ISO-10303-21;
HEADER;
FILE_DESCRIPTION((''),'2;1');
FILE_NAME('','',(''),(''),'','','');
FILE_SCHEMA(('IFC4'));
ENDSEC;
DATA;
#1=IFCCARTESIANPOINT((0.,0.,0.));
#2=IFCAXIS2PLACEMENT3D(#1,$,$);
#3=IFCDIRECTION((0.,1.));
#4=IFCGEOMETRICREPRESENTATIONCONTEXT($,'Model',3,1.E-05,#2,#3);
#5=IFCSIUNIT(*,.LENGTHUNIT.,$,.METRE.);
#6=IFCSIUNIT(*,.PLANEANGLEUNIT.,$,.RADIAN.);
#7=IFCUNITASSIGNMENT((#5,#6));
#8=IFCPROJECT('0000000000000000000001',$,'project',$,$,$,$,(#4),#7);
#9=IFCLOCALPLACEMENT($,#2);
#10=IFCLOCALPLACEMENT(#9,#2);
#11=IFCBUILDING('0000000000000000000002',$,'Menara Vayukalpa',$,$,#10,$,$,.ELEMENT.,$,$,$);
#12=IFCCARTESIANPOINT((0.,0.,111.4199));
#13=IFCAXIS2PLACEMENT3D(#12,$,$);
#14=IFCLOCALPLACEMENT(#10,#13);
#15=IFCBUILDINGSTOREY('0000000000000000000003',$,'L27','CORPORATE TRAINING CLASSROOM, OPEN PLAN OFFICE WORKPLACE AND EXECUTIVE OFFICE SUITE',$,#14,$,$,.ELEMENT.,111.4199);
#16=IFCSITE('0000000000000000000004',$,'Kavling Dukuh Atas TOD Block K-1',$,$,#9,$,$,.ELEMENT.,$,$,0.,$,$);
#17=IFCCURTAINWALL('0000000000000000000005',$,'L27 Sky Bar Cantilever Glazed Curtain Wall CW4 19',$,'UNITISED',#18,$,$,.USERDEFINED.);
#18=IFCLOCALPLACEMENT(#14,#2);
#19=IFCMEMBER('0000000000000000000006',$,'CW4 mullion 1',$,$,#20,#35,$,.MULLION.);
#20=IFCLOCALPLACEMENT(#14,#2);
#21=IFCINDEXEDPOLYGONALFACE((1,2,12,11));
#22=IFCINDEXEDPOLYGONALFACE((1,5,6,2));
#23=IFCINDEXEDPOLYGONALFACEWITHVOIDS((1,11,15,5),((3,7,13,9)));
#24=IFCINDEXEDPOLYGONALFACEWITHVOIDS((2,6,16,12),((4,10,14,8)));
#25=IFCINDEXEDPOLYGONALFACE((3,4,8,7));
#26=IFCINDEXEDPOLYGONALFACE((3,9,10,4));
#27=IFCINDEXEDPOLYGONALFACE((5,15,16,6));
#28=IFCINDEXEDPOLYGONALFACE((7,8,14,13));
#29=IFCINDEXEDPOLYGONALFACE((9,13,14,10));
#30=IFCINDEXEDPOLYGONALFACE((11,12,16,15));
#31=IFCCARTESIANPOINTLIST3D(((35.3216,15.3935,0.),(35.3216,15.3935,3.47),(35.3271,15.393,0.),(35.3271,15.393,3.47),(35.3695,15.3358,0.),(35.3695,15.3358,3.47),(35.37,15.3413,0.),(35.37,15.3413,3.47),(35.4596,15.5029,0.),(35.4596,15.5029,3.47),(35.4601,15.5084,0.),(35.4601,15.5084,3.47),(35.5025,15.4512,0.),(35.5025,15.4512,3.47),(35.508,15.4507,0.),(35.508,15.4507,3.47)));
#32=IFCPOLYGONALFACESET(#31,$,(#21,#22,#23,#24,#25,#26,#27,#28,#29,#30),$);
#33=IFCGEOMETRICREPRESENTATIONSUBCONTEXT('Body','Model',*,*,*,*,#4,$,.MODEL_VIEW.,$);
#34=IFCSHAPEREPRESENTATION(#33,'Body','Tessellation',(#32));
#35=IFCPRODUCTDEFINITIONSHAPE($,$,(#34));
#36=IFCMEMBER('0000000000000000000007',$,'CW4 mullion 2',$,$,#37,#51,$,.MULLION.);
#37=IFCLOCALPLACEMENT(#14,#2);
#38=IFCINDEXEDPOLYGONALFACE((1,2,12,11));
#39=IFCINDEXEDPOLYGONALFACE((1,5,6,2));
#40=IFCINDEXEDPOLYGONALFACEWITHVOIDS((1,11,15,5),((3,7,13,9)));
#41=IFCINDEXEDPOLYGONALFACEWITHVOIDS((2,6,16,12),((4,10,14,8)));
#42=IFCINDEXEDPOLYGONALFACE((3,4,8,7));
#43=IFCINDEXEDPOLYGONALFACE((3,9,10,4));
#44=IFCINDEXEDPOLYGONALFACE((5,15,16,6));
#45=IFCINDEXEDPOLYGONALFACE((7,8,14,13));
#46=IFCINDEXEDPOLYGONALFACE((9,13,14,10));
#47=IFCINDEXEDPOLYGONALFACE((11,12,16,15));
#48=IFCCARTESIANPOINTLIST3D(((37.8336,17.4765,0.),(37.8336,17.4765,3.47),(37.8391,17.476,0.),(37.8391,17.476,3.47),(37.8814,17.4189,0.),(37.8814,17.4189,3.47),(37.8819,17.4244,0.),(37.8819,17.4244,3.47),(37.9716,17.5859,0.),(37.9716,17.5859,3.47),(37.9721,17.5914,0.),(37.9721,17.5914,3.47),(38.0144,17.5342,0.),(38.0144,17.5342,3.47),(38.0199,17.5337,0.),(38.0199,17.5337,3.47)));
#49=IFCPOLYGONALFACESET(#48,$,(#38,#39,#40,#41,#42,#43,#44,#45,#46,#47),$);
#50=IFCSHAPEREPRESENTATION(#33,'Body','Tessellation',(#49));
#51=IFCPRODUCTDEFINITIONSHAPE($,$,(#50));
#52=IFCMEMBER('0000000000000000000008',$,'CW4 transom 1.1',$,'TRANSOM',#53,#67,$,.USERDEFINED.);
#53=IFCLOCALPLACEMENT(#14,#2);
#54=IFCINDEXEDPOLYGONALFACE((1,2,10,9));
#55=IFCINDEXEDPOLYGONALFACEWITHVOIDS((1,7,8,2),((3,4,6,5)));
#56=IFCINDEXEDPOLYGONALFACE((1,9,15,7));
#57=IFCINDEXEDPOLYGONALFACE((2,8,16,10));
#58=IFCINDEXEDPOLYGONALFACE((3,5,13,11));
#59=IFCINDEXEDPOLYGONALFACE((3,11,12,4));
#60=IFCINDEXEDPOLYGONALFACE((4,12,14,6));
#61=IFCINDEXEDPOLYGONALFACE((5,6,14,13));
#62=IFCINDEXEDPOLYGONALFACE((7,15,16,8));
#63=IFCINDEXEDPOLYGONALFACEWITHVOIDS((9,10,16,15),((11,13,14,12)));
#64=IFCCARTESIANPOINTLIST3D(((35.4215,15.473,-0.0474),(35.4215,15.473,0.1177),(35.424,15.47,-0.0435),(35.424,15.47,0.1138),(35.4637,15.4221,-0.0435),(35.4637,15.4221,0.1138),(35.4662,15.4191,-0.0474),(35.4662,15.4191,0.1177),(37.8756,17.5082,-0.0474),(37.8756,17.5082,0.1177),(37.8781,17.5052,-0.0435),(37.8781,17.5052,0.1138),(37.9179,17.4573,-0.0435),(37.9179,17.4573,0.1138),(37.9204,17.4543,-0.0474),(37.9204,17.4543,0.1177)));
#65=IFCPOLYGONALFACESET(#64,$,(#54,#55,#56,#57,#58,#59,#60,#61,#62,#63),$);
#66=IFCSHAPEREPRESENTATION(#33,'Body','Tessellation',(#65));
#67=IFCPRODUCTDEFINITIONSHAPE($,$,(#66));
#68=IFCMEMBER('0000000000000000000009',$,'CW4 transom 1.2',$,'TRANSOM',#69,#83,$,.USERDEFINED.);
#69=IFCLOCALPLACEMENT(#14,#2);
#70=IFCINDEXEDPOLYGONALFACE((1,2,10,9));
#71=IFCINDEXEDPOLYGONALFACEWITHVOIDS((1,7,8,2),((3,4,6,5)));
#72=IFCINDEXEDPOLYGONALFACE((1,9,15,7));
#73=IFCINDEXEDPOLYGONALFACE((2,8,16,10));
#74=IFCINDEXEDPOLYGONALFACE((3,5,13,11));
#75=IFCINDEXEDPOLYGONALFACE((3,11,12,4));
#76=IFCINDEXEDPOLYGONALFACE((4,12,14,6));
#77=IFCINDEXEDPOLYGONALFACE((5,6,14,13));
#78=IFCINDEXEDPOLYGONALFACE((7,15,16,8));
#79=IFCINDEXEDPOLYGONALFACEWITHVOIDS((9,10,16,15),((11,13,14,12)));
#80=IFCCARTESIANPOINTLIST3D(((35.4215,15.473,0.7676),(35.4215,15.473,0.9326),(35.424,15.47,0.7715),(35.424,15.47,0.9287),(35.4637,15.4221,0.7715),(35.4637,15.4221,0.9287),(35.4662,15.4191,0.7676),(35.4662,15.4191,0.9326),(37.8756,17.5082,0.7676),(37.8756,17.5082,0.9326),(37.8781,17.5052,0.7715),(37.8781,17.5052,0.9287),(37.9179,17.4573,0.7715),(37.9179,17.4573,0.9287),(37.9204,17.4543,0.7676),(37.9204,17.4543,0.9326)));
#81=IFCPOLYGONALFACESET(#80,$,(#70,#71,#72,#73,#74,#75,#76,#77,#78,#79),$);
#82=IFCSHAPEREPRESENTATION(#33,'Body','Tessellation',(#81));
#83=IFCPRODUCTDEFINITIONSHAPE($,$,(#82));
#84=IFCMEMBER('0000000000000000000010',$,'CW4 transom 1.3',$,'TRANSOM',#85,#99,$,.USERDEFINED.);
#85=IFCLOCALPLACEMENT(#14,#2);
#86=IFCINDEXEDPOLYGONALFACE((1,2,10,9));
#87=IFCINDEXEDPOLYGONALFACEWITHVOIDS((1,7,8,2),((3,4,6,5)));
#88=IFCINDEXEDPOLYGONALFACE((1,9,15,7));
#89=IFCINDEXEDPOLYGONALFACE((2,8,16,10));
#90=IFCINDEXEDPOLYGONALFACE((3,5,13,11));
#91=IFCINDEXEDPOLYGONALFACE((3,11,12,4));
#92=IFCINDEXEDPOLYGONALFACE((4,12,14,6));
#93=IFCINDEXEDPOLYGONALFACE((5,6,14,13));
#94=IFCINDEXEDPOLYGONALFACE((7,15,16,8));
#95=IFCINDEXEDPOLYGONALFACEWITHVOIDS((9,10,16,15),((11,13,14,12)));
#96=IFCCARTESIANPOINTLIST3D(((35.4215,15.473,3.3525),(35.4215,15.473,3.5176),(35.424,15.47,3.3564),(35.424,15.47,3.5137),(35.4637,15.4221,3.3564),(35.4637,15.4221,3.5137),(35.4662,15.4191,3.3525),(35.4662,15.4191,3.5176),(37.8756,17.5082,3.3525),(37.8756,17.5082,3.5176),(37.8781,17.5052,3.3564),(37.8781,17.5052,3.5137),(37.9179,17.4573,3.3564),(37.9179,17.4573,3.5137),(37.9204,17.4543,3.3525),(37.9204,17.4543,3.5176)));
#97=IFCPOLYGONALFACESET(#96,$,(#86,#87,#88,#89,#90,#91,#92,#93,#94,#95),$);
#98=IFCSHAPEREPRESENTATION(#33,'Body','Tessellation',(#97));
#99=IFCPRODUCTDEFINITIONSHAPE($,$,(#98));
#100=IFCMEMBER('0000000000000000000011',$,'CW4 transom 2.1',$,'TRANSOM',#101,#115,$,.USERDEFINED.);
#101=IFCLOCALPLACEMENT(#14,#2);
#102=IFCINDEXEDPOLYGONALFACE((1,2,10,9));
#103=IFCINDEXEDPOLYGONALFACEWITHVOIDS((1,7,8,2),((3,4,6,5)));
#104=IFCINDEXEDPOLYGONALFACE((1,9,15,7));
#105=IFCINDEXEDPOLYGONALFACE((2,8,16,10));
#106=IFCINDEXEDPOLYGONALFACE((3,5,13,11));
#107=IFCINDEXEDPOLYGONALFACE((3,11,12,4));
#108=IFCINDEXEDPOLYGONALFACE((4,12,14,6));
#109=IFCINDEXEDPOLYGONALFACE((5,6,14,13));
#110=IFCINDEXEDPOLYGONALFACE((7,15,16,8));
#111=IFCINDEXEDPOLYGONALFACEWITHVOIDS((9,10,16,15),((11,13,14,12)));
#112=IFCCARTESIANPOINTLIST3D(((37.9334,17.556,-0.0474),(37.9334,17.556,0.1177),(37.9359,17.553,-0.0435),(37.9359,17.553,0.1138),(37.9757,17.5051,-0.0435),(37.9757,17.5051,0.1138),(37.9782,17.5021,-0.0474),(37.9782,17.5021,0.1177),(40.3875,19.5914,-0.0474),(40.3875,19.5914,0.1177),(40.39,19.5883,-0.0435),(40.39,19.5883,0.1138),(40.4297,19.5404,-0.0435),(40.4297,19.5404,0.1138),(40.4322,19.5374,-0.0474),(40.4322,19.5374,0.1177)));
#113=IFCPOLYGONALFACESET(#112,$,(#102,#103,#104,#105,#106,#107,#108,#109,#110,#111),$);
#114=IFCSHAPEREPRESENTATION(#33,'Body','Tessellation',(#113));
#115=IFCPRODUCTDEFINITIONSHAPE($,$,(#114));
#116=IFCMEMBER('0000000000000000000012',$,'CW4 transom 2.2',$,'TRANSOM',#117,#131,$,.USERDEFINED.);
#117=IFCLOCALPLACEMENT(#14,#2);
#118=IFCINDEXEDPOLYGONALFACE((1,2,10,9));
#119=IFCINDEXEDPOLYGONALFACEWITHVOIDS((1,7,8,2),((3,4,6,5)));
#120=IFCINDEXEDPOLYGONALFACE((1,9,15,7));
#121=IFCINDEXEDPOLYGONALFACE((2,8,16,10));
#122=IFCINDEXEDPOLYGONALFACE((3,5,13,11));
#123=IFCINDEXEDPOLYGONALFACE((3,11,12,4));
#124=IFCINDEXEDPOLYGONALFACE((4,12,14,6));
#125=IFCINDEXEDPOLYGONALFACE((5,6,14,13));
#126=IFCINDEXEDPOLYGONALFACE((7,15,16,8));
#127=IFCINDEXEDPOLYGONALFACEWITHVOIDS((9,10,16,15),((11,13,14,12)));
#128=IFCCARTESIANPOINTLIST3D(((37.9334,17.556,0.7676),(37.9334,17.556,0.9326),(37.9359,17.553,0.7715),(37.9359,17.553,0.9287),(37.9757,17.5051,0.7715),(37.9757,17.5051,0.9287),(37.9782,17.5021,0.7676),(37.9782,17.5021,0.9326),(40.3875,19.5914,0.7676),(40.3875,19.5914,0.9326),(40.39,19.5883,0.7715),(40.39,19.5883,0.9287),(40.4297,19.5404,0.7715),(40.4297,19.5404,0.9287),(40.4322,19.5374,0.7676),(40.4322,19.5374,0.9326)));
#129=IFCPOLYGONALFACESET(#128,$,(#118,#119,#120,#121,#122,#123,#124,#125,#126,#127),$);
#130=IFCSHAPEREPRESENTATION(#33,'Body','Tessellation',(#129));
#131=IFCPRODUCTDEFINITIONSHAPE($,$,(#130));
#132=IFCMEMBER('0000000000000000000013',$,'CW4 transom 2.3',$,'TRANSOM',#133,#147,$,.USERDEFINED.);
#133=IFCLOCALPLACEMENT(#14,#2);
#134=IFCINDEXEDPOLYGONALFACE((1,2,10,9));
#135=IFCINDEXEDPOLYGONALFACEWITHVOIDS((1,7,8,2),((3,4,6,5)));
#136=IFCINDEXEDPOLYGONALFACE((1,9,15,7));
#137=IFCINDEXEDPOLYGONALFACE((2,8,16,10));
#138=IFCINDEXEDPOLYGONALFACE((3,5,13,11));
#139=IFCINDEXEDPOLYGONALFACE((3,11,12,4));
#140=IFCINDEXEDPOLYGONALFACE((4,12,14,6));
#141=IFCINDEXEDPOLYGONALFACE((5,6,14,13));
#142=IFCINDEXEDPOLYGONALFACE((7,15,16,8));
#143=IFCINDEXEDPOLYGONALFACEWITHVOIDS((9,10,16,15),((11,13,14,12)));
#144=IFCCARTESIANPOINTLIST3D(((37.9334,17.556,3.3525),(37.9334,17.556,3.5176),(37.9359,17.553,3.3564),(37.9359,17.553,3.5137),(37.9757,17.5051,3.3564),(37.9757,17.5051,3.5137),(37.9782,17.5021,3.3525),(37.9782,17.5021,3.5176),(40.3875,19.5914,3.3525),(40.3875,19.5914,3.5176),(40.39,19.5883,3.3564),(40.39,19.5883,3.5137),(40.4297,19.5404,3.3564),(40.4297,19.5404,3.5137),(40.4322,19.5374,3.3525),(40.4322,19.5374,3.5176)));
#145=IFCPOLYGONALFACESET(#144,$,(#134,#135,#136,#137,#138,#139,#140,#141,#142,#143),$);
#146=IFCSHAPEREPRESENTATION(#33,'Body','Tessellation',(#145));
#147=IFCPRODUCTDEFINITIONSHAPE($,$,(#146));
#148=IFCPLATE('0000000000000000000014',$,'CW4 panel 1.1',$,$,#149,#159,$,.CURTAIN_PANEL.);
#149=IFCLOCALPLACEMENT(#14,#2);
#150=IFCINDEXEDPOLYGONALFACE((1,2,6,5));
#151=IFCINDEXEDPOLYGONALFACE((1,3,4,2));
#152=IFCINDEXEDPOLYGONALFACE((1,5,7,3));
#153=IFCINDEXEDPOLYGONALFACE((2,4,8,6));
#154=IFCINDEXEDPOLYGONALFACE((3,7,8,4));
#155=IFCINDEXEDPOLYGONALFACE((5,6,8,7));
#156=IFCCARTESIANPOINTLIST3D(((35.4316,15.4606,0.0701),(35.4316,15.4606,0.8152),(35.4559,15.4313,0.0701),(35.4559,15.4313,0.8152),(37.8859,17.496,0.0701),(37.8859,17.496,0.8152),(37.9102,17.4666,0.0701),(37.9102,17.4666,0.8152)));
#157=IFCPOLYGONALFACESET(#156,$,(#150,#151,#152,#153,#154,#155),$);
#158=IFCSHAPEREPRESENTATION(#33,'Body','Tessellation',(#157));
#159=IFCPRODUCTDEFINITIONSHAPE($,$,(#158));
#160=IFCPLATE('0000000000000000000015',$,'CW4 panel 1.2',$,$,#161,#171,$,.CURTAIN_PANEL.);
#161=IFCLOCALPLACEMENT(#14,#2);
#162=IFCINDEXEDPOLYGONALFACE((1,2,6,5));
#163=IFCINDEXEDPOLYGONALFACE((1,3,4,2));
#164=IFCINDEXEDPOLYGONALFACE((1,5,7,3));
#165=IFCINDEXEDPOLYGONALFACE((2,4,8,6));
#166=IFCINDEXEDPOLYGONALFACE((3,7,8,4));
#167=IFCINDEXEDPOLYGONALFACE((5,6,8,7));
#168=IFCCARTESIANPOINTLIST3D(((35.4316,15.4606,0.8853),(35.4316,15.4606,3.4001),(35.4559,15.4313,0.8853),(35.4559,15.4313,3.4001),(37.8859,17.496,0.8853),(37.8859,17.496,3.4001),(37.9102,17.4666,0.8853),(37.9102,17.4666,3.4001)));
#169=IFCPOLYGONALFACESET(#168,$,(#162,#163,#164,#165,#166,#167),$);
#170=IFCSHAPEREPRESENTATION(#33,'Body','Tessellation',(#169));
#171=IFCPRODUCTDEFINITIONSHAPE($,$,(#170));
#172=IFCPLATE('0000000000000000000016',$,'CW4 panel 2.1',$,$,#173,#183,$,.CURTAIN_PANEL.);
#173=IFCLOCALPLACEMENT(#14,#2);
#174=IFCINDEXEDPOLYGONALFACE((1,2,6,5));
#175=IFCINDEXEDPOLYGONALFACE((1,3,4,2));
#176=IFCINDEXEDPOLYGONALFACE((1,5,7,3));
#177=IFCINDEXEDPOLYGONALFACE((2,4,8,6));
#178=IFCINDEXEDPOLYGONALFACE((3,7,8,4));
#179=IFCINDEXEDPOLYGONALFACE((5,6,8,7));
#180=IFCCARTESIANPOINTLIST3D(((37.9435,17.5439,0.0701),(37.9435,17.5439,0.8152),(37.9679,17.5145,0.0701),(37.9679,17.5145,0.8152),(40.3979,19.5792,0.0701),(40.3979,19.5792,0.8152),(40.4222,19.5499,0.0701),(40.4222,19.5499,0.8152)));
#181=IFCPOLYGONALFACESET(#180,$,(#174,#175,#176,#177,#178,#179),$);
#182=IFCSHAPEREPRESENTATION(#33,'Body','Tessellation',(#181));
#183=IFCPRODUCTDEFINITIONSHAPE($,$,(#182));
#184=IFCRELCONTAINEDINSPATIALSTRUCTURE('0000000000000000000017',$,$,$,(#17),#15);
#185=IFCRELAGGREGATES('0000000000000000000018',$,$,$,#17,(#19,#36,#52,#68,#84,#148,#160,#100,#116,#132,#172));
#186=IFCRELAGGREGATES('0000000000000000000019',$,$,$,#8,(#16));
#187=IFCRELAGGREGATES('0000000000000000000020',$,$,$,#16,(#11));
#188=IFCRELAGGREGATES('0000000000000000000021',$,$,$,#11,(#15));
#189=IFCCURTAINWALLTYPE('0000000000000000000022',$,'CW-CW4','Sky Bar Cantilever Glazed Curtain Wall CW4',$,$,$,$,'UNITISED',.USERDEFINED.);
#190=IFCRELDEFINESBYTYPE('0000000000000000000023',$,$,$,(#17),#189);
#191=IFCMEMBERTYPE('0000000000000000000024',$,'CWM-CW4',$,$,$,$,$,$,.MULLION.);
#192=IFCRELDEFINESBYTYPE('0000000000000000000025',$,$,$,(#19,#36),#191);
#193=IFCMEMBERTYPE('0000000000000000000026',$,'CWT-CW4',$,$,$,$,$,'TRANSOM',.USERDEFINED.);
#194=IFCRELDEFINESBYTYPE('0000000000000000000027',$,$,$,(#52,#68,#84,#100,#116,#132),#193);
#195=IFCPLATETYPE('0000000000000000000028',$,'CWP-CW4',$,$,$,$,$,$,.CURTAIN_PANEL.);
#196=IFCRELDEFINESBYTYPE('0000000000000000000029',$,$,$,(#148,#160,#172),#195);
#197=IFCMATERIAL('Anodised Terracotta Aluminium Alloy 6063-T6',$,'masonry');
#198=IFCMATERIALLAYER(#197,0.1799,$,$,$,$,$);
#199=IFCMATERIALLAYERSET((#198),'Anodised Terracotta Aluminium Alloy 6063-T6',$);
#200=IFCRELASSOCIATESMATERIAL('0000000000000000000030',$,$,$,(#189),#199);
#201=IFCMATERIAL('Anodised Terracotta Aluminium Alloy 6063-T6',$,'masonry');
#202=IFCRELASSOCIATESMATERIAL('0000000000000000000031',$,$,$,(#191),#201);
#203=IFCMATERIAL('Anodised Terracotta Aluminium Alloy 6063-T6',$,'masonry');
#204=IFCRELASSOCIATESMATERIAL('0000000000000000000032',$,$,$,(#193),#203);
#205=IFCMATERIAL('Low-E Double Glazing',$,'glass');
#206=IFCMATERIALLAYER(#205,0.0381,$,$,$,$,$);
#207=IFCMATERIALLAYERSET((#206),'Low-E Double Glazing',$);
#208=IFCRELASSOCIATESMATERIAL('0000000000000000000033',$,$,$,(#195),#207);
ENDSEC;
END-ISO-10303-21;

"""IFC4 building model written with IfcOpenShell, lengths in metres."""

from ifc_helpers import new_model, si_unit, direction, frame, origin, origin_2d, place, context, subcontext, project, spatial, rectangle, hollow_rectangle, extrude, material, layer, layer_set, material_profile, profile_set, type_object, element, aggregate, save


model = new_model("IFC4")

# Units and contexts
model_context = context("Model", 3, precision=1e-05, world=origin(), true_north=direction((0.0, 1.0)))
body_context = subcontext(model_context, "Body", "Model", "MODEL_VIEW")
ifc_project = project(units=[si_unit("LENGTHUNIT", "METRE"), si_unit("PLANEANGLEUNIT", "RADIAN")], contexts=[model_context])

# Site, building, storey
site_placement = place(None, origin())
site = spatial("IfcSite", under=ifc_project, at=site_placement, Name="Kavling Dukuh Atas TOD Block K-1", CompositionType="ELEMENT", RefElevation=0.0)
building_placement = place(site_placement, origin())
building = spatial("IfcBuilding", under=site, at=building_placement, Name="Menara Vayukalpa", CompositionType="ELEMENT")
storey_placement = place(building_placement, frame((0.0, 0.0, 111.4199)))
storey = spatial("IfcBuildingStorey", under=building, at=storey_placement, Name="L27", Description="CORPORATE TRAINING CLASSROOM, OPEN PLAN OFFICE WORKPLACE AND EXECUTIVE OFFICE SUITE", CompositionType="ELEMENT", Elevation=111.4199)

# Curtain wall, members, plates
ifc_material_1 = material(Name="Anodised Terracotta Aluminium Alloy 6063-T6", Category="masonry")
ifc_layer_1 = layer(ifc_material_1, 0.1799)
ifc_layer_set_1 = layer_set([ifc_layer_1], Name="Anodised Terracotta Aluminium Alloy 6063-T6")
curtain_wall_type = type_object("IfcCurtainWallType", Name="CW-CW4", Description="Sky Bar Cantilever Glazed Curtain Wall CW4", ElementType="UNITISED", PredefinedType="USERDEFINED", material=ifc_layer_set_1)
curtain_wall_placement = place(storey_placement, origin())
curtain_wall = element("IfcCurtainWall", 1, at=curtain_wall_placement, inside=storey, type_object=curtain_wall_type, Name="L27 Sky Bar Cantilever Glazed Curtain Wall CW4 19", ObjectType="UNITISED", PredefinedType="USERDEFINED")
ifc_material_2 = material(Name="Anodised Terracotta Aluminium Alloy 6063-T6", Category="masonry")
ifc_material_profile_1 = material_profile(ifc_material_2, hollow_rectangle(XDim=0.075, YDim=0.1799, WallThickness=0.0039, at=origin_2d()), Name="ALU 75x180x4")
ifc_profile_set_1 = profile_set([ifc_material_profile_1], Name="Anodised Terracotta Aluminium Alloy 6063-T6")
member_type_1 = type_object("IfcMemberType", Name="CWM-CW4", PredefinedType="MULLION", material=ifc_profile_set_1)
member_1_placement = place(storey_placement, frame((35.4148, 15.4221, 0.0), z_axis=(0.0, 0.0, 1.0), x_axis=(-0.638346, 0.76975, 0.0)))
member_1 = element("IfcMember", 2, at=member_1_placement, type_object=member_type_1, Name="CW4 mullion 1", PredefinedType="MULLION", context=body_context, shape_type="SweptSolid", body=[
    extrude(hollow_rectangle(XDim=0.075, YDim=0.1799, WallThickness=0.0039, at=origin_2d()), origin(), (0.0, 0.0, 1.0), 3.47),
])
member_2_placement = place(storey_placement, frame((37.9268, 17.5051, 0.0), z_axis=(0.0, 0.0, 1.0), x_axis=(-0.638346, 0.76975, 0.0)))
member_2 = element("IfcMember", 3, at=member_2_placement, type_object=member_type_1, Name="CW4 mullion 2", PredefinedType="MULLION", context=body_context, shape_type="SweptSolid", body=[
    extrude(hollow_rectangle(XDim=0.075, YDim=0.1799, WallThickness=0.0039, at=origin_2d()), origin(), (0.0, 0.0, 1.0), 3.47),
])
ifc_material_3 = material(Name="Anodised Terracotta Aluminium Alloy 6063-T6", Category="masonry")
ifc_material_profile_2 = material_profile(ifc_material_3, hollow_rectangle(XDim=0.0701, YDim=0.165, WallThickness=0.0039, at=origin_2d()), Name="ALU 70x165x4")
ifc_profile_set_2 = profile_set([ifc_material_profile_2], Name="Anodised Terracotta Aluminium Alloy 6063-T6")
member_type_2 = type_object("IfcMemberType", Name="CWT-CW4", ElementType="TRANSOM", PredefinedType="USERDEFINED", material=ifc_profile_set_2)
member_3_placement = place(storey_placement, frame((35.4438, 15.446, 0.0352), z_axis=(0.769751, 0.638345, 0.0), x_axis=(-0.638345, 0.769751, 0.0)))
member_3 = element("IfcMember", 4, at=member_3_placement, type_object=member_type_2, Name="CW4 transom 1.1", ObjectType="TRANSOM", PredefinedType="USERDEFINED", context=body_context, shape_type="SweptSolid", body=[
    extrude(hollow_rectangle(XDim=0.0701, YDim=0.165, WallThickness=0.0039, at=origin_2d()), origin(), (0.0, 0.0, 1.0), 3.1882),
])
member_4_placement = place(storey_placement, frame((35.4438, 15.446, 0.8501), z_axis=(0.769751, 0.638345, 0.0), x_axis=(-0.638345, 0.769751, 0.0)))
member_4 = element("IfcMember", 5, at=member_4_placement, type_object=member_type_2, Name="CW4 transom 1.2", ObjectType="TRANSOM", PredefinedType="USERDEFINED", context=body_context, shape_type="SweptSolid", body=[
    extrude(hollow_rectangle(XDim=0.0701, YDim=0.165, WallThickness=0.0039, at=origin_2d()), origin(), (0.0, 0.0, 1.0), 3.1882),
])
member_5_placement = place(storey_placement, frame((35.4438, 15.446, 3.4351), z_axis=(0.769751, 0.638345, 0.0), x_axis=(-0.638345, 0.769751, 0.0)))
member_5 = element("IfcMember", 6, at=member_5_placement, type_object=member_type_2, Name="CW4 transom 1.3", ObjectType="TRANSOM", PredefinedType="USERDEFINED", context=body_context, shape_type="SweptSolid", body=[
    extrude(hollow_rectangle(XDim=0.0701, YDim=0.165, WallThickness=0.0039, at=origin_2d()), origin(), (0.0, 0.0, 1.0), 3.1882),
])
member_6_placement = place(storey_placement, frame((37.9558, 17.5291, 0.0352), z_axis=(0.769713, 0.63839, 0.0), x_axis=(-0.63839, 0.769713, 0.0)))
member_6 = element("IfcMember", 7, at=member_6_placement, type_object=member_type_2, Name="CW4 transom 2.1", ObjectType="TRANSOM", PredefinedType="USERDEFINED", context=body_context, shape_type="SweptSolid", body=[
    extrude(hollow_rectangle(XDim=0.0701, YDim=0.165, WallThickness=0.0039, at=origin_2d()), origin(), (0.0, 0.0, 1.0), 3.1882),
])
member_7_placement = place(storey_placement, frame((37.9558, 17.5291, 0.8501), z_axis=(0.769713, 0.63839, 0.0), x_axis=(-0.63839, 0.769713, 0.0)))
member_7 = element("IfcMember", 8, at=member_7_placement, type_object=member_type_2, Name="CW4 transom 2.2", ObjectType="TRANSOM", PredefinedType="USERDEFINED", context=body_context, shape_type="SweptSolid", body=[
    extrude(hollow_rectangle(XDim=0.0701, YDim=0.165, WallThickness=0.0039, at=origin_2d()), origin(), (0.0, 0.0, 1.0), 3.1882),
])
member_8_placement = place(storey_placement, frame((37.9558, 17.5291, 3.4351), z_axis=(0.769713, 0.63839, 0.0), x_axis=(-0.63839, 0.769713, 0.0)))
member_8 = element("IfcMember", 9, at=member_8_placement, type_object=member_type_2, Name="CW4 transom 2.3", ObjectType="TRANSOM", PredefinedType="USERDEFINED", context=body_context, shape_type="SweptSolid", body=[
    extrude(hollow_rectangle(XDim=0.0701, YDim=0.165, WallThickness=0.0039, at=origin_2d()), origin(), (0.0, 0.0, 1.0), 3.1882),
])
ifc_material_4 = material(Name="Low-E Double Glazing", Category="glass")
ifc_layer_2 = layer(ifc_material_4, 0.0381)
ifc_layer_set_2 = layer_set([ifc_layer_2], Name="Low-E Double Glazing")
plate_type = type_object("IfcPlateType", Name="CWP-CW4", PredefinedType="CURTAIN_PANEL", material=ifc_layer_set_2)
plate_1_placement = place(storey_placement, frame((36.6709, 16.4636, 0.0701), z_axis=(0.0, 0.0, 1.0), x_axis=(0.76975, 0.638346, 0.0)))
plate_1 = element("IfcPlate", 10, at=plate_1_placement, type_object=plate_type, Name="CW4 panel 1.1", PredefinedType="CURTAIN_PANEL", context=body_context, shape_type="SweptSolid", body=[
    extrude(rectangle(XDim=3.1885, YDim=0.0381, at=origin_2d()), origin(), (0.0, 0.0, 1.0), 0.7451),
])
plate_2_placement = place(storey_placement, frame((36.6709, 16.4636, 0.8853), z_axis=(0.0, 0.0, 1.0), x_axis=(0.76975, 0.638346, 0.0)))
plate_2 = element("IfcPlate", 11, at=plate_2_placement, type_object=plate_type, Name="CW4 panel 1.2", PredefinedType="CURTAIN_PANEL", context=body_context, shape_type="SweptSolid", body=[
    extrude(rectangle(XDim=3.1885, YDim=0.0381, at=origin_2d()), origin(), (0.0, 0.0, 1.0), 2.5149),
])
plate_3_placement = place(storey_placement, frame((39.1829, 18.5469, 0.0701), z_axis=(0.0, 0.0, 1.0), x_axis=(0.76975, 0.638346, 0.0)))
plate_3 = element("IfcPlate", 12, at=plate_3_placement, type_object=plate_type, Name="CW4 panel 2.1", PredefinedType="CURTAIN_PANEL", context=body_context, shape_type="SweptSolid", body=[
    extrude(rectangle(XDim=3.1885, YDim=0.0381, at=origin_2d()), origin(), (0.0, 0.0, 1.0), 0.7451),
])
aggregate(curtain_wall, [member_1, member_2, member_3, member_4, member_5, plate_1, plate_2, member_6, member_7, member_8, plate_3])

save(model, "model.ifc")
